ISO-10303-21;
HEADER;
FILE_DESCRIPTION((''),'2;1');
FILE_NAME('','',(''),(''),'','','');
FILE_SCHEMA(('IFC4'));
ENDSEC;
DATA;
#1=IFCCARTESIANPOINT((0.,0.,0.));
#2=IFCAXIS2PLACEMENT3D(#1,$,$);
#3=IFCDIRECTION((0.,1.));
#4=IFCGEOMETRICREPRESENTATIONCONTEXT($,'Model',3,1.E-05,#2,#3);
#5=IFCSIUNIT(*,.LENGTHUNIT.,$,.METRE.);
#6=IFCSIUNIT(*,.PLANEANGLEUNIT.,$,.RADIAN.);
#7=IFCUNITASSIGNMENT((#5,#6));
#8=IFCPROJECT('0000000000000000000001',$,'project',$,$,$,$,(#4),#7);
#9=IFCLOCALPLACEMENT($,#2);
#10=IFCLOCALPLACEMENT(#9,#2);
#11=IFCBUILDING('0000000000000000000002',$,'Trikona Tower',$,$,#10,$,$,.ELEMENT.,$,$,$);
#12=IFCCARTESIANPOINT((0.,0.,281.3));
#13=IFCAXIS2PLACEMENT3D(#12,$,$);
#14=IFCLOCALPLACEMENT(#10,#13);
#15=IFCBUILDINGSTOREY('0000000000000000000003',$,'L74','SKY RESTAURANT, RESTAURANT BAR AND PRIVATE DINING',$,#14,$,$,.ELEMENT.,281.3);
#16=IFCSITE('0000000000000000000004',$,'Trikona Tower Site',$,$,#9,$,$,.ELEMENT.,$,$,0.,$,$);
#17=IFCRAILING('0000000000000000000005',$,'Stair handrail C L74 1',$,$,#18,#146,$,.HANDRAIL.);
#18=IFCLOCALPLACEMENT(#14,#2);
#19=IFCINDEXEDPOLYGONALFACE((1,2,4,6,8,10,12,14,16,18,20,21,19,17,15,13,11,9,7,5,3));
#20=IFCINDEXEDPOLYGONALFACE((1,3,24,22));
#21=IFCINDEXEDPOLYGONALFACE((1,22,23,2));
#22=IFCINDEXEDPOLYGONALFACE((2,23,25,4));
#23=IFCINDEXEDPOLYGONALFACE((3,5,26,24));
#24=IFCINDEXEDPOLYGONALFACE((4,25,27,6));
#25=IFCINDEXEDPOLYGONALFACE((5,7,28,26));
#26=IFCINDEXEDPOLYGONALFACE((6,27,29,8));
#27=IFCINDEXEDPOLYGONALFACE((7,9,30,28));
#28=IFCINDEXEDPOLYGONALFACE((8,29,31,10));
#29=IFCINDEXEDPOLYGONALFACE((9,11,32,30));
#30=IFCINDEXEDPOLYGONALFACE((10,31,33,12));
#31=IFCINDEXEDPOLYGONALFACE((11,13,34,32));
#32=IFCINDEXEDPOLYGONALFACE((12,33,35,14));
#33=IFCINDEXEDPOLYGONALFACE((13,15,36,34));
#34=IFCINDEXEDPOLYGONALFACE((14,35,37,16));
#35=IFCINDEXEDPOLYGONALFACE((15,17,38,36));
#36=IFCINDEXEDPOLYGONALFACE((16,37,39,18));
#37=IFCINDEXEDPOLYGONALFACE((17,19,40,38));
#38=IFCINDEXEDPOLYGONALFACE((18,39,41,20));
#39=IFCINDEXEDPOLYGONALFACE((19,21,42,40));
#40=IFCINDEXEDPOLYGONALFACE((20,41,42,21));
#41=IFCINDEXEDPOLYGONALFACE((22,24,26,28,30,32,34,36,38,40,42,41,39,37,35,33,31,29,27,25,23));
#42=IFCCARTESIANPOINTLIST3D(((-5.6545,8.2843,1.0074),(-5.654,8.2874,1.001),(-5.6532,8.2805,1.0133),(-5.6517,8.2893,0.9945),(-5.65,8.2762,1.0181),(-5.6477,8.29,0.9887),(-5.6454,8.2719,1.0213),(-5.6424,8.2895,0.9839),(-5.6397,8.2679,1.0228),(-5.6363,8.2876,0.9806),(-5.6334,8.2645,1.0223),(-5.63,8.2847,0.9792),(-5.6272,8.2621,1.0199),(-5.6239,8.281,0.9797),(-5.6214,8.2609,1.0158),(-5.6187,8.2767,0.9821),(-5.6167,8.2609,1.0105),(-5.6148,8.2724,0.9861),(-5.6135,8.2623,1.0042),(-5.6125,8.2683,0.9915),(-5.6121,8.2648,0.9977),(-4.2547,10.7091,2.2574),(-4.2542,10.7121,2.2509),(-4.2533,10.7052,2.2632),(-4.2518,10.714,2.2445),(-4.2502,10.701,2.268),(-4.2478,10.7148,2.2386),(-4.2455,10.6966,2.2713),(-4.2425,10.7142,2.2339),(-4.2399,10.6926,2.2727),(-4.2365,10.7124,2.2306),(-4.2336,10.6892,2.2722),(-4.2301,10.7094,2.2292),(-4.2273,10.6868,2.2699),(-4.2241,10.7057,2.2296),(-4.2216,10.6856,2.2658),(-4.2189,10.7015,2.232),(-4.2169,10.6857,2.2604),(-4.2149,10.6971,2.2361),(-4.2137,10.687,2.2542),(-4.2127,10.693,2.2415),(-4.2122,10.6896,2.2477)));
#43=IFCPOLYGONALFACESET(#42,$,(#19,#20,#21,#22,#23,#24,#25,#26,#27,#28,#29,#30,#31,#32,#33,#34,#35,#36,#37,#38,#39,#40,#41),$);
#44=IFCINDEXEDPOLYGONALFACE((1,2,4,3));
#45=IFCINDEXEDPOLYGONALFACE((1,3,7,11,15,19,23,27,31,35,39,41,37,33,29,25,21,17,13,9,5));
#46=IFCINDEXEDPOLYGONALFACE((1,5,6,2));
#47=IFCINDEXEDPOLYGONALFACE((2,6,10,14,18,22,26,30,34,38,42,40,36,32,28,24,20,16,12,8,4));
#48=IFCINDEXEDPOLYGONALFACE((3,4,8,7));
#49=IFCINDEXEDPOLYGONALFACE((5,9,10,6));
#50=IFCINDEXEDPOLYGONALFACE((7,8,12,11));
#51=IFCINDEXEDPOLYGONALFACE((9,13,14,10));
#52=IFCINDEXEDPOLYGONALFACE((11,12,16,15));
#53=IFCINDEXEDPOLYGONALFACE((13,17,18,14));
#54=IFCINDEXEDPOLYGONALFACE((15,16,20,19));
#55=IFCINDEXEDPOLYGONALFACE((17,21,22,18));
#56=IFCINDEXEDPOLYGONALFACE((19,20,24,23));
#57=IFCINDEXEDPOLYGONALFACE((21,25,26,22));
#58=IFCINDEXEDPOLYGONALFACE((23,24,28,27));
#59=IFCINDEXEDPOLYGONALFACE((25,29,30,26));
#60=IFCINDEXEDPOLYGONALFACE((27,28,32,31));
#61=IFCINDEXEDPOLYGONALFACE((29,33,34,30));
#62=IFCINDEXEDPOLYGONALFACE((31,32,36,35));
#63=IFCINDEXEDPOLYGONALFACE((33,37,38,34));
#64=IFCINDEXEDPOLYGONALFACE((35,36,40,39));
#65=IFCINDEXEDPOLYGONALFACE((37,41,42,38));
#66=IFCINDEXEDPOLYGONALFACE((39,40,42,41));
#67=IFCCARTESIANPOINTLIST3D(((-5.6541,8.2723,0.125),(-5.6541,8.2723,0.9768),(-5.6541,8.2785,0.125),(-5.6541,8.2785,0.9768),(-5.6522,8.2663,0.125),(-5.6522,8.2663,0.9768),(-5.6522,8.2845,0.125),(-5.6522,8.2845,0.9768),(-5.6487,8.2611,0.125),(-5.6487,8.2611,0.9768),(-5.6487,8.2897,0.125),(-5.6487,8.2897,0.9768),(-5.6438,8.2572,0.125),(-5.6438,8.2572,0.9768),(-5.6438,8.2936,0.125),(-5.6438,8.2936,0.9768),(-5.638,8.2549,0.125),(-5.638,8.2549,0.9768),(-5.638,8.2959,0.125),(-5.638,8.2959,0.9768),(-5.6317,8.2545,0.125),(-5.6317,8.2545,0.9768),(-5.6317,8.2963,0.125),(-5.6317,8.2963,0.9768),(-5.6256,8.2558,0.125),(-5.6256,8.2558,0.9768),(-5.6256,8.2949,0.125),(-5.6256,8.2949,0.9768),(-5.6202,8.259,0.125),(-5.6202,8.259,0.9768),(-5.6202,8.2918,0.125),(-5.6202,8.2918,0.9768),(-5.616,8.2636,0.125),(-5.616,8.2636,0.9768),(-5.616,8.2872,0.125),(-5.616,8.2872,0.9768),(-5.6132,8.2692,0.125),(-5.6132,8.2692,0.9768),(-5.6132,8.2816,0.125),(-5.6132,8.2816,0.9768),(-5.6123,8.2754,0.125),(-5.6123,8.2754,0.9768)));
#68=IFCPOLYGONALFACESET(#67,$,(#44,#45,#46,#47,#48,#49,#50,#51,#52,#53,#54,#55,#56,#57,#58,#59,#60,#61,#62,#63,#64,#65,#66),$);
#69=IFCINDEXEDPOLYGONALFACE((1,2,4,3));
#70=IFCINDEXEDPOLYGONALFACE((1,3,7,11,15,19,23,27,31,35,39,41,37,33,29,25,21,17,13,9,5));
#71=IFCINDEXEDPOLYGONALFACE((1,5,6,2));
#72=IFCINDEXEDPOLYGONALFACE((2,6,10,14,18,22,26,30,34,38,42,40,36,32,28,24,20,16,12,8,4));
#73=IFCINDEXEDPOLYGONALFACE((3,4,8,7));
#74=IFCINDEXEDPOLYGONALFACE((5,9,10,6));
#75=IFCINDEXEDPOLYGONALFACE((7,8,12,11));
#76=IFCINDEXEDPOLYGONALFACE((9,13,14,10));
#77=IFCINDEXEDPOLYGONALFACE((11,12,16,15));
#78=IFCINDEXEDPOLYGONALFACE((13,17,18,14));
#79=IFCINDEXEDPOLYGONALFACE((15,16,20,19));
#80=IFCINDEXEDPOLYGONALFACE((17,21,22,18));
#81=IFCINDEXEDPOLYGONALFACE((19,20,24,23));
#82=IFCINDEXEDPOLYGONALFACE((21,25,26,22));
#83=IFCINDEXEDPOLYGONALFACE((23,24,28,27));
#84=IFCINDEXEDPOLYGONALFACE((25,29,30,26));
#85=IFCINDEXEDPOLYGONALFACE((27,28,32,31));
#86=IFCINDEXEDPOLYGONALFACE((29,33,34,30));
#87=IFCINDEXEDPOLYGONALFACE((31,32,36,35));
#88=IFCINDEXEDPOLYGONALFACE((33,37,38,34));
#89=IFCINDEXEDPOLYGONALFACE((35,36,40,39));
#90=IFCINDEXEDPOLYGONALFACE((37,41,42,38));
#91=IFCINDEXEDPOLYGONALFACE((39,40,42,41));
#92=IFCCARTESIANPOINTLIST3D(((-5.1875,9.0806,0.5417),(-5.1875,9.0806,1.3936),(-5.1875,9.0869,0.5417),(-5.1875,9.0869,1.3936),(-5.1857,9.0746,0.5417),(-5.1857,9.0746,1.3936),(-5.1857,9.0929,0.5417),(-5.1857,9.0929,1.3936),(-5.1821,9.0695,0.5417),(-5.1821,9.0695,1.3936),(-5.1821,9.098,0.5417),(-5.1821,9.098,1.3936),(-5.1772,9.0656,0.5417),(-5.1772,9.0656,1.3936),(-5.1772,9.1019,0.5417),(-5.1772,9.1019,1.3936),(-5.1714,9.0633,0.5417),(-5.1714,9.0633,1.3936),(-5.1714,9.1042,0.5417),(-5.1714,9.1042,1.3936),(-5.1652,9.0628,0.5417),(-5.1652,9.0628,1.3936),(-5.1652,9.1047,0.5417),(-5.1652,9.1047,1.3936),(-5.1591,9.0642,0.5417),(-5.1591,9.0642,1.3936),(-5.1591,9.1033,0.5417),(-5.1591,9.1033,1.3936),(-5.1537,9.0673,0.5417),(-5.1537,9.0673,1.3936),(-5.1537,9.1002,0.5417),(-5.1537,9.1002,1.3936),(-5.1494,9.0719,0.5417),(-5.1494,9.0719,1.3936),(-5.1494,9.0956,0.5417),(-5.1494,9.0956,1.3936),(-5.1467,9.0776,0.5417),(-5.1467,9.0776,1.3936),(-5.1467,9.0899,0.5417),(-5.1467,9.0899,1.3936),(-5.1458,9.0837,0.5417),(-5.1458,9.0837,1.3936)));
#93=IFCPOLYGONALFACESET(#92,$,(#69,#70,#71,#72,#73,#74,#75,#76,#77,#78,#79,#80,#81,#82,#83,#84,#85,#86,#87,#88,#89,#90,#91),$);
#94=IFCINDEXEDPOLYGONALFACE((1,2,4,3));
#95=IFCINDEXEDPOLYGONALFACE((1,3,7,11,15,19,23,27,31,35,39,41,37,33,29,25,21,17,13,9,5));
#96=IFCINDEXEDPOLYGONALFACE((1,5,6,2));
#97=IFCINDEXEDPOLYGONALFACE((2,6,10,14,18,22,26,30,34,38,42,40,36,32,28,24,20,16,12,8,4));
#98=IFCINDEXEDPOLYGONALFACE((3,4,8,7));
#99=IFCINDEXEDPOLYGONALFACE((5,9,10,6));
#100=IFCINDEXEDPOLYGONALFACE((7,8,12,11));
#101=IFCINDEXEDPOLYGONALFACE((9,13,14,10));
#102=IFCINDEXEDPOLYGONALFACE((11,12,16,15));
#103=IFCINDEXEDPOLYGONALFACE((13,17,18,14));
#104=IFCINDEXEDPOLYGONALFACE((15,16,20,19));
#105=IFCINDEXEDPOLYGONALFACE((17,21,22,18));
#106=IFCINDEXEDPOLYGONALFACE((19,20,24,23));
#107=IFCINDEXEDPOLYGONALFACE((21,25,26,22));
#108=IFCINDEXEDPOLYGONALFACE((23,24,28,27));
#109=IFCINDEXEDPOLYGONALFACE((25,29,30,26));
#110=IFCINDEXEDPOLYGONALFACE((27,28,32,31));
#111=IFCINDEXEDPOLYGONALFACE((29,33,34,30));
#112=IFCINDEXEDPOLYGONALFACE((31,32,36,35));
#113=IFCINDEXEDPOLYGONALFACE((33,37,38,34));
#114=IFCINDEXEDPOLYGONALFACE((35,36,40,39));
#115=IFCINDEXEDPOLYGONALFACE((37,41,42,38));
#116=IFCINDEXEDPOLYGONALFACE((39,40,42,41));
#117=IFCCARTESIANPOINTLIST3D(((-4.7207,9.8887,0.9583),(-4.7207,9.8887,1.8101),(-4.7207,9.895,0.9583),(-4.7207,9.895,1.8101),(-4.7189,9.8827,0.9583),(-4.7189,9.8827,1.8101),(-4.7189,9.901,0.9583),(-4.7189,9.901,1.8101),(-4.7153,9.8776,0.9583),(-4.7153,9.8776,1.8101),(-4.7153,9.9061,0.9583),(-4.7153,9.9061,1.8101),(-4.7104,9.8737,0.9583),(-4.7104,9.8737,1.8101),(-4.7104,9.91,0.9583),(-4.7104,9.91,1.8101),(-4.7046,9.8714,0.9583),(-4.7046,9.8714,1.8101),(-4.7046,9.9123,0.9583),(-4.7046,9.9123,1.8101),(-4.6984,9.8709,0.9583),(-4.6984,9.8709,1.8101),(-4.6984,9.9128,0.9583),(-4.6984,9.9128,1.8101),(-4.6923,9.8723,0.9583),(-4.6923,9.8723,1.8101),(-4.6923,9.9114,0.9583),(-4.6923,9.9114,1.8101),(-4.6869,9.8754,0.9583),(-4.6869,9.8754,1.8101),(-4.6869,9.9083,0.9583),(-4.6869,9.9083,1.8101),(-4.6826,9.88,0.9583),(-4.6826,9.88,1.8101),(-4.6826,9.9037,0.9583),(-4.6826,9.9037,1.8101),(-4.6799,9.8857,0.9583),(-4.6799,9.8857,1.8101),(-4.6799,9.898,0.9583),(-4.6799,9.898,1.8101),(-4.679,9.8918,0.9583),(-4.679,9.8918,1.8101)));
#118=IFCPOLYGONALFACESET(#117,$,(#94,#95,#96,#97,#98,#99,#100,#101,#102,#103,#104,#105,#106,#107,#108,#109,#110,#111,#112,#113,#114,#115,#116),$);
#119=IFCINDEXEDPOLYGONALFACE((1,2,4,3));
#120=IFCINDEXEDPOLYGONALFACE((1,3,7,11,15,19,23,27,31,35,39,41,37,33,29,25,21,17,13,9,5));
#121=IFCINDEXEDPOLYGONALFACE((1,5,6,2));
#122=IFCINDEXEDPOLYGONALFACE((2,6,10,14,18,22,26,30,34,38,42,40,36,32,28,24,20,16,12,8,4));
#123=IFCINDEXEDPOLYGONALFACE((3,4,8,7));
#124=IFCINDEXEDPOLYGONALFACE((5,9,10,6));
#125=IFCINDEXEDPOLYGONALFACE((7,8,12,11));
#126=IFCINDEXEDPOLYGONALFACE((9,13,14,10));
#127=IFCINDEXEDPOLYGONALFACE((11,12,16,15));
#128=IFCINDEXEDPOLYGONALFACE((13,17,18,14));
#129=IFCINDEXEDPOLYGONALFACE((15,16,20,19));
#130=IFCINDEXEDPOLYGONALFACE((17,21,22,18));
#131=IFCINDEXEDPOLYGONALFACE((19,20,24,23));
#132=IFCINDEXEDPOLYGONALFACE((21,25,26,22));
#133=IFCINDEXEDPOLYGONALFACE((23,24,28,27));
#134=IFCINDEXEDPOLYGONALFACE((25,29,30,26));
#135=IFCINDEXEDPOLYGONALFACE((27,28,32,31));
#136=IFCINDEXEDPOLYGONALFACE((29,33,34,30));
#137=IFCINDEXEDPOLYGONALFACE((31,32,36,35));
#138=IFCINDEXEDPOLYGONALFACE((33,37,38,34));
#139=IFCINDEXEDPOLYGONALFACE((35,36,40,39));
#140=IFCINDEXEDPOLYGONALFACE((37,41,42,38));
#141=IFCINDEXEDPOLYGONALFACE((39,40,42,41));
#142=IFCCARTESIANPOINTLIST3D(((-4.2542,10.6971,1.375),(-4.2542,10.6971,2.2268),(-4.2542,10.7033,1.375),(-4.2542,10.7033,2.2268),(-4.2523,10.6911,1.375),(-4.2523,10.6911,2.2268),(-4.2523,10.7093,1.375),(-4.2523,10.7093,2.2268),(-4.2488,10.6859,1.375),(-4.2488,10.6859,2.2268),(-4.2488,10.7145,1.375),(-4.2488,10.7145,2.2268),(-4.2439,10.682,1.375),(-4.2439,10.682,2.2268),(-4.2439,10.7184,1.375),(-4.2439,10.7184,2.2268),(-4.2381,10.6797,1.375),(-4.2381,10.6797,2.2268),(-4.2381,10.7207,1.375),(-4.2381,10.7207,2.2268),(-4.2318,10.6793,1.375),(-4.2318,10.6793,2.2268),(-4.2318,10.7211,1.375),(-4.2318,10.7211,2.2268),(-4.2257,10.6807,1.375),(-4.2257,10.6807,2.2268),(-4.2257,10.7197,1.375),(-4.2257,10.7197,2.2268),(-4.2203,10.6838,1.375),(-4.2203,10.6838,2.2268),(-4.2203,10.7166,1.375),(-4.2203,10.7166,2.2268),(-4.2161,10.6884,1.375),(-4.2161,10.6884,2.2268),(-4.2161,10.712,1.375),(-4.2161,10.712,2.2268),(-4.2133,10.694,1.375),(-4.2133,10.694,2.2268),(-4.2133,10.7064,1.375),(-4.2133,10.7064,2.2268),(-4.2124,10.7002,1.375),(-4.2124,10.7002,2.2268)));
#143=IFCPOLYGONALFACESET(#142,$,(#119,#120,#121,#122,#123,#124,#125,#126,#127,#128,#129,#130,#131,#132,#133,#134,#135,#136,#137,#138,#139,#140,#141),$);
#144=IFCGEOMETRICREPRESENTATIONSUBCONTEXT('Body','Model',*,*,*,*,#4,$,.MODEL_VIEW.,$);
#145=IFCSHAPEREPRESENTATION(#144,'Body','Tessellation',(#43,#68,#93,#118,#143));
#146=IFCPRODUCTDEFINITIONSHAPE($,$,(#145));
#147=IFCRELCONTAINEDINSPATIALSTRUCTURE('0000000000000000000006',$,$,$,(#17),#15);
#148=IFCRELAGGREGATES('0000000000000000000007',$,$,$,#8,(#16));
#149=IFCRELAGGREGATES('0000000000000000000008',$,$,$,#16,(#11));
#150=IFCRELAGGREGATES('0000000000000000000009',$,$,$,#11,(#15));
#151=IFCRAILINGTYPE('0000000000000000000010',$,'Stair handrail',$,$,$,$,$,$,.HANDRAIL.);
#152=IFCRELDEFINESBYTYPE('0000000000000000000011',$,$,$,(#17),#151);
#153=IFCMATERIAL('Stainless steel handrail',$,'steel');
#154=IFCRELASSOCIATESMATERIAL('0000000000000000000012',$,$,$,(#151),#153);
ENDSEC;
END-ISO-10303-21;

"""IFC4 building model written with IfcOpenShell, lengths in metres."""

from ifc_helpers import new_model, si_unit, direction, frame, origin, origin_2d, place, context, subcontext, project, spatial, circle, extrude, material, type_object, element, save


model = new_model("IFC4")

# Units and contexts
model_context = context("Model", 3, precision=1e-05, world=origin(), true_north=direction((0.0, 1.0)))
body_context = subcontext(model_context, "Body", "Model", "MODEL_VIEW")
ifc_project = project(units=[si_unit("LENGTHUNIT", "METRE"), si_unit("PLANEANGLEUNIT", "RADIAN")], contexts=[model_context])

# Site, building, storey
site_placement = place(None, origin())
site = spatial("IfcSite", under=ifc_project, at=site_placement, Name="Trikona Tower Site", CompositionType="ELEMENT", RefElevation=0.0)
building_placement = place(site_placement, origin())
building = spatial("IfcBuilding", under=site, at=building_placement, Name="Trikona Tower", CompositionType="ELEMENT")
storey_placement = place(building_placement, frame((0.0, 0.0, 281.3)))
storey = spatial("IfcBuildingStorey", under=building, at=storey_placement, Name="L74", Description="SKY RESTAURANT, RESTAURANT BAR AND PRIVATE DINING", CompositionType="ELEMENT", Elevation=281.3)

# Railing
ifc_material_1 = material(Name="Stainless steel handrail", Category="steel")
railing_type = type_object("IfcRailingType", Name="Stair handrail", PredefinedType="HANDRAIL", material=ifc_material_1)
railing_1_placement = place(storey_placement, frame((-5.6333, 8.2754, 0.125)))
element("IfcRailing", 1, at=railing_1_placement, inside=storey, type_object=railing_type, Name="Stair handrail C L74 1", PredefinedType="HANDRAIL", context=body_context, shape_type="SweptSolid", body=[
    extrude(circle(Radius=0.0239, at=origin_2d()), frame((0.0, 0.0, 0.876), z_axis=(0.456552, 0.790804, 0.407664), x_axis=(-0.866035, 0.499984, 0.0)), (0.0, 0.0, 1.0), 3.0662),
    extrude(circle(Radius=0.021, at=origin_2d()), origin(), (0.0, 0.0, 1.0), 0.8518),
    extrude(circle(Radius=0.021, at=origin_2d()), frame((0.4666, 0.8083, 0.4167)), (0.0, 0.0, 1.0), 0.8518),
    extrude(circle(Radius=0.021, at=origin_2d()), frame((0.9333, 1.6165, 0.8333)), (0.0, 0.0, 1.0), 0.8518),
    extrude(circle(Radius=0.021, at=origin_2d()), frame((1.3999, 2.4248, 1.25)), (0.0, 0.0, 1.0), 0.8518),
])

save(model, "model.ifc")
